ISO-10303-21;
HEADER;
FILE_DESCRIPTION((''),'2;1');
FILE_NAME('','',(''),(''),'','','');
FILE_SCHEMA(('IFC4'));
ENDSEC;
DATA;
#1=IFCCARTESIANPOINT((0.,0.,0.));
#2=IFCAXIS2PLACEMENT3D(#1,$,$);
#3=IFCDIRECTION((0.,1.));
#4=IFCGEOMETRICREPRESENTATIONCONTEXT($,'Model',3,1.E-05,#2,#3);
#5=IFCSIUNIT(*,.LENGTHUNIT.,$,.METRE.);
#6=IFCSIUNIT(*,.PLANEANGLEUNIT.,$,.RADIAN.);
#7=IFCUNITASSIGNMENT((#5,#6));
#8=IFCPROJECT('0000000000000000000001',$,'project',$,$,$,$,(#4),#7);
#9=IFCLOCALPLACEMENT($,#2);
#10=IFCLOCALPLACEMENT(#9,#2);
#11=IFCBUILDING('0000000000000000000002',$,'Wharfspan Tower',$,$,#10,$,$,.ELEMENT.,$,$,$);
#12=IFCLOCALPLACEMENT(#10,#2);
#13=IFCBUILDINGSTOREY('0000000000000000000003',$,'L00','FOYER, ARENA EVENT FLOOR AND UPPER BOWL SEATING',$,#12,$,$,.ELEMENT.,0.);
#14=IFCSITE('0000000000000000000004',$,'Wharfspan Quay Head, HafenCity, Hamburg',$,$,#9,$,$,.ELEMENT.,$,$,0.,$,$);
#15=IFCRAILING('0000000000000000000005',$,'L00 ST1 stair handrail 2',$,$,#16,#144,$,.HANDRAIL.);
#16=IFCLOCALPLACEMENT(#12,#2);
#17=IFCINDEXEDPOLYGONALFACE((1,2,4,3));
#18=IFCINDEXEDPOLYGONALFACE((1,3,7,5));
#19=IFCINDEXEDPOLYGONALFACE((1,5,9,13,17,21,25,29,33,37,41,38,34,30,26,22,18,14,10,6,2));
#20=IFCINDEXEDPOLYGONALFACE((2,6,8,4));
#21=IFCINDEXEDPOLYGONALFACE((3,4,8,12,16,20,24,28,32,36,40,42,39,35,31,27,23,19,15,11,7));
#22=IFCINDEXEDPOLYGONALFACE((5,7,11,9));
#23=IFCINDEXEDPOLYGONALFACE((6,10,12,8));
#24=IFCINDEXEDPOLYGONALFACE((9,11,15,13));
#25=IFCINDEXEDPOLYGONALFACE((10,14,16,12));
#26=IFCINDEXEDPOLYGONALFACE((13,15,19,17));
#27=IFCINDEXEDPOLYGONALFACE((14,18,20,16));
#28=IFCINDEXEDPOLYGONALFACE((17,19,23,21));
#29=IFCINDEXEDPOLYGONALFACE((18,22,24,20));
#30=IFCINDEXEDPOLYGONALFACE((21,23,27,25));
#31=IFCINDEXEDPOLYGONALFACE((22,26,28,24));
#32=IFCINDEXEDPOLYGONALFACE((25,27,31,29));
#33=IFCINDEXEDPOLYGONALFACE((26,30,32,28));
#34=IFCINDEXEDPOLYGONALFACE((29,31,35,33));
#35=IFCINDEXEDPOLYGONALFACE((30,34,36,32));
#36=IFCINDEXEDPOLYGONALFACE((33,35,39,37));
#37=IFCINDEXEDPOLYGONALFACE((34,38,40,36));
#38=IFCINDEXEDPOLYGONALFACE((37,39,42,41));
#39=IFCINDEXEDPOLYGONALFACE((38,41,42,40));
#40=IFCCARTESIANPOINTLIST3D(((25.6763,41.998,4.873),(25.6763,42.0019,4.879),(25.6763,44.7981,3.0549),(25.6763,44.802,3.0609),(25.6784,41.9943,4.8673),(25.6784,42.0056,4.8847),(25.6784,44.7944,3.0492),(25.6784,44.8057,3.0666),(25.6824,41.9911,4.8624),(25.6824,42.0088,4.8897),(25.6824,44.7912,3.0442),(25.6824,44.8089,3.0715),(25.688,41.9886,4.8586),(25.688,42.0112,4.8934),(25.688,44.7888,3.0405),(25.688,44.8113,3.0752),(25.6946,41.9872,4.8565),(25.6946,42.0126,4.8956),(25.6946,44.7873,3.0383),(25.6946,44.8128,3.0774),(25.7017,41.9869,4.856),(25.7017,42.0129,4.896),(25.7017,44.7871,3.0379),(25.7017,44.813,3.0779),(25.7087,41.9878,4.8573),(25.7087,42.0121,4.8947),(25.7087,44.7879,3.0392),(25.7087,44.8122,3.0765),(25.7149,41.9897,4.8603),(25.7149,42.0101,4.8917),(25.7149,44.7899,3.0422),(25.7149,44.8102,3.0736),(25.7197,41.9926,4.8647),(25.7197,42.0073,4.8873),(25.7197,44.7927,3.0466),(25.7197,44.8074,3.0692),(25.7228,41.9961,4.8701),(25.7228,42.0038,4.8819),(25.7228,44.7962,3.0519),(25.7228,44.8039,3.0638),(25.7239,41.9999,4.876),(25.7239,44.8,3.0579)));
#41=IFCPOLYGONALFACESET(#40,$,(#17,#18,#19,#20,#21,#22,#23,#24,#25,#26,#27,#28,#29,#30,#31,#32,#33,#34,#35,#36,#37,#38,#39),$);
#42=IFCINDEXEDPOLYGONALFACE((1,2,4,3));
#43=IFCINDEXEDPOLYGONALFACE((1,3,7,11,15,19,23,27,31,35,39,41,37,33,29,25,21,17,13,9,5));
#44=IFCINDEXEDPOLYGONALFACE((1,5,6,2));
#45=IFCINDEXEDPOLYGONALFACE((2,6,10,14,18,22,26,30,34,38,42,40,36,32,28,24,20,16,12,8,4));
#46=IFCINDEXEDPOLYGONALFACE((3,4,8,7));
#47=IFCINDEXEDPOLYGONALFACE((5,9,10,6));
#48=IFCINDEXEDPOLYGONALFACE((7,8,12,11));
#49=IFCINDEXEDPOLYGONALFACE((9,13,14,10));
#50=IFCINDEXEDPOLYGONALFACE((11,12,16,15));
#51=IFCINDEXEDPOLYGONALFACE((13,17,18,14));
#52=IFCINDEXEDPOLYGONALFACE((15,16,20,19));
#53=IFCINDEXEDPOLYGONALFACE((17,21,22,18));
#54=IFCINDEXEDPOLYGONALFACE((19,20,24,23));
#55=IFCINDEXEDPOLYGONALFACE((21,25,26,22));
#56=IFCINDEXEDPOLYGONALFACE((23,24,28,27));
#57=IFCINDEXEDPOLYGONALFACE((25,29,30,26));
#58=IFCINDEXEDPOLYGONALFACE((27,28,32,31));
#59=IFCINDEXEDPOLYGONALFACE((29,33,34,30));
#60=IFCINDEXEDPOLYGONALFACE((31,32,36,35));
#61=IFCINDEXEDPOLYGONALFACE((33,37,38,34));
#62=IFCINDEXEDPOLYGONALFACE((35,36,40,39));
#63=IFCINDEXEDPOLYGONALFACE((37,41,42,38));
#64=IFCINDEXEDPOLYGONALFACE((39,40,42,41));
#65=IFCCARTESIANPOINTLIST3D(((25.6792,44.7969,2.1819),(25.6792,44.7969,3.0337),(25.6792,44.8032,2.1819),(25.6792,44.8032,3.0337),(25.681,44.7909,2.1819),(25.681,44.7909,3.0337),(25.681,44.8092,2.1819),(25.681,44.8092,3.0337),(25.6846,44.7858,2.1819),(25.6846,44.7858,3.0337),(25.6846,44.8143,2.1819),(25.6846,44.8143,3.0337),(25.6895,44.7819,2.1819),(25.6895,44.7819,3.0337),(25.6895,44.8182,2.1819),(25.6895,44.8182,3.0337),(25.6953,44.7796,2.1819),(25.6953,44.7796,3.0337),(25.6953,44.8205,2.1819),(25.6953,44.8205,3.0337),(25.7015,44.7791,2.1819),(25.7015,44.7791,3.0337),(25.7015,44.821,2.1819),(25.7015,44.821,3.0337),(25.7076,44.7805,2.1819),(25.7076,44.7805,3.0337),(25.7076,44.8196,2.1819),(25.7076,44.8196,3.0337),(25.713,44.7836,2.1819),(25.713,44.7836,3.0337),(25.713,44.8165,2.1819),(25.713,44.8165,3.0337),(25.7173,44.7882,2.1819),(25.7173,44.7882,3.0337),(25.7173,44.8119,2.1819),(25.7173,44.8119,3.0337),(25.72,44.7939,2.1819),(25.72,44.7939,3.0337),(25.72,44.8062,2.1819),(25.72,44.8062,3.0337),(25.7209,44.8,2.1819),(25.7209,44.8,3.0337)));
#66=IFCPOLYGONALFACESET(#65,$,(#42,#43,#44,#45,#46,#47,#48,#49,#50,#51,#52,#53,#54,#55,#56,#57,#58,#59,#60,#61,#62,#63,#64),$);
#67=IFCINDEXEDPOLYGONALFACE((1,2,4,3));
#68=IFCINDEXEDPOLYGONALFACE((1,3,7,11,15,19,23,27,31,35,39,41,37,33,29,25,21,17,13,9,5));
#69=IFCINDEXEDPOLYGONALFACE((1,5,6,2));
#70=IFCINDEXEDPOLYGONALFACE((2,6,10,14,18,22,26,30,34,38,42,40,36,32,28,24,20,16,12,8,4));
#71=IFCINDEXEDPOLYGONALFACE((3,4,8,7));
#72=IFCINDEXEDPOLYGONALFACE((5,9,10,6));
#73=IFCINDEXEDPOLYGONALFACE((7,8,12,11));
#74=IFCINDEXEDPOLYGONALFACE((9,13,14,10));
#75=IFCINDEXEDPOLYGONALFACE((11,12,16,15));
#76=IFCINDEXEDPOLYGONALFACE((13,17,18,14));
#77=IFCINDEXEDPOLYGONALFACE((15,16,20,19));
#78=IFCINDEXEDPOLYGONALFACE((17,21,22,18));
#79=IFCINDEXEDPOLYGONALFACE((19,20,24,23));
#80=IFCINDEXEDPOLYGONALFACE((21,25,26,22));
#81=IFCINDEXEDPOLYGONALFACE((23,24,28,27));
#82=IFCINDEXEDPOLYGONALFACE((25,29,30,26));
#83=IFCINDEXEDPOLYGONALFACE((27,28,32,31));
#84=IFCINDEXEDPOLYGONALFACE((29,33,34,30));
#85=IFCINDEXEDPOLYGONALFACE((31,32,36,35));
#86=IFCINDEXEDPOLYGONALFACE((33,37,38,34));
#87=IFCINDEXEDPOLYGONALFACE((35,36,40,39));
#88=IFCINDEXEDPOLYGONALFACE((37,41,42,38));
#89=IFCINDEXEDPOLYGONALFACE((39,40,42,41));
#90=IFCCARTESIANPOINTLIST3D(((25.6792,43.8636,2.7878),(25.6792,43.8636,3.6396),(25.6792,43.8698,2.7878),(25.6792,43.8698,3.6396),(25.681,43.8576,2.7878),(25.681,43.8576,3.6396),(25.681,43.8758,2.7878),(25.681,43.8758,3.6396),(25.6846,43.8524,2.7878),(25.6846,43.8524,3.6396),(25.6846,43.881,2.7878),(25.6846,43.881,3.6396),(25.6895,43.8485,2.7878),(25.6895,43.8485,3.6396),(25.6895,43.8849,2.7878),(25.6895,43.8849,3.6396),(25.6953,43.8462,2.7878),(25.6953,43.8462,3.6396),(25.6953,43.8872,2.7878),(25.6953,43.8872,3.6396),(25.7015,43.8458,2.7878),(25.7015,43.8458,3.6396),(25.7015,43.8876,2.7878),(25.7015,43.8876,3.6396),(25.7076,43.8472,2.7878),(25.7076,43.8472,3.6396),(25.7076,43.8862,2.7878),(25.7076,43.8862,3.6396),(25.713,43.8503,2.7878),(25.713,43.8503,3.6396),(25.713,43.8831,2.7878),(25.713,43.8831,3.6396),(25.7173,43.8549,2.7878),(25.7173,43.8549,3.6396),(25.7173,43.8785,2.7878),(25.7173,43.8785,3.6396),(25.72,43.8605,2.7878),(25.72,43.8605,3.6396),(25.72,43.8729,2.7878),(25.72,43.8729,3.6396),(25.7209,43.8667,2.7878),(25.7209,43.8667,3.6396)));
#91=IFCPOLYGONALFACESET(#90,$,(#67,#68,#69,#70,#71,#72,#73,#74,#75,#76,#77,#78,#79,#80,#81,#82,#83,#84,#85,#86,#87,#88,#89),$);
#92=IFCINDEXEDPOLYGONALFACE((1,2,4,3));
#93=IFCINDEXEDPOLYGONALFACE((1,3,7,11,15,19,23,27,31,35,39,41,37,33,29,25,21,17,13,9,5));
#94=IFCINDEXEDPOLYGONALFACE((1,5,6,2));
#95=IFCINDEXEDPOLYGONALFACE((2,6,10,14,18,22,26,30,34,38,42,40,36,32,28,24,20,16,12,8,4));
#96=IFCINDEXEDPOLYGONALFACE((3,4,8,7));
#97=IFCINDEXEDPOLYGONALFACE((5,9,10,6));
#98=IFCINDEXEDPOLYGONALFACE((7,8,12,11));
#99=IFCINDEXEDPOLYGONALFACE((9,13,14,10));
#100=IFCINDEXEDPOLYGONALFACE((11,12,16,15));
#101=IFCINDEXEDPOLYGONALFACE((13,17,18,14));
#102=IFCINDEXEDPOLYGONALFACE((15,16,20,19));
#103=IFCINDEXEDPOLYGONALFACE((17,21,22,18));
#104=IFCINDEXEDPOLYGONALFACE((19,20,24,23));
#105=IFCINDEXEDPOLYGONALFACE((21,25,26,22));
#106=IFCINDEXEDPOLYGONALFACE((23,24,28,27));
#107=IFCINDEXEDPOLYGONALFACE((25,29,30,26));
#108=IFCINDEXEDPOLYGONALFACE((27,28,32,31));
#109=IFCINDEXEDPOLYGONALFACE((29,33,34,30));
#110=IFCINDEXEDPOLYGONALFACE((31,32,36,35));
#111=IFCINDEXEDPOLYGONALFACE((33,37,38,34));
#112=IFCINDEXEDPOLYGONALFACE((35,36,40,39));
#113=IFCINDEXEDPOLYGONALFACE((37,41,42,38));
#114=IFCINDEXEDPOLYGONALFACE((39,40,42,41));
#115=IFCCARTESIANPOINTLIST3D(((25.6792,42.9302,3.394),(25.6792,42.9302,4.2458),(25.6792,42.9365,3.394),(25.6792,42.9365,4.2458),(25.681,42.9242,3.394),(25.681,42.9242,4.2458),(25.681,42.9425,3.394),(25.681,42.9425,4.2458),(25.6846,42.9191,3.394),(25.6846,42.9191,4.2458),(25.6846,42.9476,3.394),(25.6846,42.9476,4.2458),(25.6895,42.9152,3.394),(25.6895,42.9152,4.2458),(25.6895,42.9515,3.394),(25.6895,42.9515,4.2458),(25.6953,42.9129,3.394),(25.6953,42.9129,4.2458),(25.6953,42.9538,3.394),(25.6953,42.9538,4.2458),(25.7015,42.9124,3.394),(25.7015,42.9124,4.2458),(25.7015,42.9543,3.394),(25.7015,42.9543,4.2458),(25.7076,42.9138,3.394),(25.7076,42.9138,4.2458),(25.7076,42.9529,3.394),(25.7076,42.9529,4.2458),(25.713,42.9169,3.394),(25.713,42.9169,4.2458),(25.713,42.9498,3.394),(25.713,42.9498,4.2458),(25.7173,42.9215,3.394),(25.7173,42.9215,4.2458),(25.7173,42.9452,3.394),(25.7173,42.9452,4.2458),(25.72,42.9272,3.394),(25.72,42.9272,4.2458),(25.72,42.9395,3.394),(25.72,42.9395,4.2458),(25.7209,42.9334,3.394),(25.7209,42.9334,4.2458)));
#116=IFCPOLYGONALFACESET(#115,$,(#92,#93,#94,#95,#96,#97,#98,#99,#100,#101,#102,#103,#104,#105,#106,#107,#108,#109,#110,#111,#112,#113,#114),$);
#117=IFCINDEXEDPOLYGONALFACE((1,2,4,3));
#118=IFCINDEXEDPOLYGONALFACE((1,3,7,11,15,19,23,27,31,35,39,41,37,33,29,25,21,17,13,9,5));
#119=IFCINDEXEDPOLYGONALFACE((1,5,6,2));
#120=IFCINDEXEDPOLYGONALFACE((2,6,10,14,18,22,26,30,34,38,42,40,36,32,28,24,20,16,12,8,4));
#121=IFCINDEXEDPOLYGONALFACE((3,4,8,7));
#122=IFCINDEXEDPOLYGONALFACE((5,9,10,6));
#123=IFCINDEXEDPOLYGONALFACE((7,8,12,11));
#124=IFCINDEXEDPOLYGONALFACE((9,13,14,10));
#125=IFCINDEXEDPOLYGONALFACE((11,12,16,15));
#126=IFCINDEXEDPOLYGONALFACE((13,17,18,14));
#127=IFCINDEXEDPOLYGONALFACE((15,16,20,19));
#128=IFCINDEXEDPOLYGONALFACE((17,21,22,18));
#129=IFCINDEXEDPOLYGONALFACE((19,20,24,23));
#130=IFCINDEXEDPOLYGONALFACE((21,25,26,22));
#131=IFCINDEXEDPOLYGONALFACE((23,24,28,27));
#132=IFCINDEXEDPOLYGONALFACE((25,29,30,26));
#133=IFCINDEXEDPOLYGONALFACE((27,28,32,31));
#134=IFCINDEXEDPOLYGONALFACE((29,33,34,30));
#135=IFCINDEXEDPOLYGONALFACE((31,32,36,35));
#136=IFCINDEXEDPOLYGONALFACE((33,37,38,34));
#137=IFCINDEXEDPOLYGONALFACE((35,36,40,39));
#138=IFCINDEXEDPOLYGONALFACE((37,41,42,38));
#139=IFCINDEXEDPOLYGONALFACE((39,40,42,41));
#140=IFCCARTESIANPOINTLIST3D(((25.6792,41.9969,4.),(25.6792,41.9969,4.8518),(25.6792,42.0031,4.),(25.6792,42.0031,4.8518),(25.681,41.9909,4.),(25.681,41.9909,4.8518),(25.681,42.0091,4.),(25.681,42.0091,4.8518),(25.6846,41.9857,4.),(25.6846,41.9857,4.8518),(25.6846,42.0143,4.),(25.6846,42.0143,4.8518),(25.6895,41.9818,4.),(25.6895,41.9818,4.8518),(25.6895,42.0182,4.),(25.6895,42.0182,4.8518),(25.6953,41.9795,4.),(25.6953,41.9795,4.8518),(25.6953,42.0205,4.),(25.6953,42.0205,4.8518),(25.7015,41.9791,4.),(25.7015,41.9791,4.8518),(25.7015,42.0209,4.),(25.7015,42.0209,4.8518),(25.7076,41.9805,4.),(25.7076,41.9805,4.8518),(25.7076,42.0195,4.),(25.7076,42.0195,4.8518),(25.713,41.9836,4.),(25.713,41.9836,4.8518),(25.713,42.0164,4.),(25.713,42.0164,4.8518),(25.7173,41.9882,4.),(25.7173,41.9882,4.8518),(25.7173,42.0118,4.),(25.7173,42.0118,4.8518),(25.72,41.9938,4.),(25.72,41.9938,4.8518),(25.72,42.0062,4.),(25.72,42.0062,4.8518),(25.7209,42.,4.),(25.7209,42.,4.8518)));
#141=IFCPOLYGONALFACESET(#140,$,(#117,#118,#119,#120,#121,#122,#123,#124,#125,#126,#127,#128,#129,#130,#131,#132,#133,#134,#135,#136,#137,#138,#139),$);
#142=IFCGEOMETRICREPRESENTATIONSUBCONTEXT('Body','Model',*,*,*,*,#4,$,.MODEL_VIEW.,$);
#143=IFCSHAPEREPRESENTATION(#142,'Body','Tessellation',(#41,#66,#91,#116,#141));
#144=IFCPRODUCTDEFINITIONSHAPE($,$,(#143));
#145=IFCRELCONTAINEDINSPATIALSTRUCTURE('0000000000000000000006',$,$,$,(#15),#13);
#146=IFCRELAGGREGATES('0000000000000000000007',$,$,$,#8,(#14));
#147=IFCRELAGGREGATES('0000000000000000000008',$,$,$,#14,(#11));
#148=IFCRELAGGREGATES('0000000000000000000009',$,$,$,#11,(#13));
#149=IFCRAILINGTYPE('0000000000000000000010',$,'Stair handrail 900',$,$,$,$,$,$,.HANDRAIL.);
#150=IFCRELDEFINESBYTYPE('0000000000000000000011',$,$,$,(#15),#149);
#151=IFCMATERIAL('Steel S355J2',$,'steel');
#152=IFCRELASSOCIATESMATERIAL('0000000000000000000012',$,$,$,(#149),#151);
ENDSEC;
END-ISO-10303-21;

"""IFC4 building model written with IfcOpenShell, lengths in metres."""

from ifc_helpers import new_model, si_unit, direction, frame, origin, origin_2d, place, context, subcontext, project, spatial, circle, extrude, material, type_object, element, save


model = new_model("IFC4")

# Units and contexts
model_context = context("Model", 3, precision=1e-05, world=origin(), true_north=direction((0.0, 1.0)))
body_context = subcontext(model_context, "Body", "Model", "MODEL_VIEW")
ifc_project = project(units=[si_unit("LENGTHUNIT", "METRE"), si_unit("PLANEANGLEUNIT", "RADIAN")], contexts=[model_context])

# Site, building, storey
site_placement = place(None, origin())
site = spatial("IfcSite", under=ifc_project, at=site_placement, Name="Wharfspan Quay Head, HafenCity, Hamburg", CompositionType="ELEMENT", RefElevation=0.0)
building_placement = place(site_placement, origin())
building = spatial("IfcBuilding", under=site, at=building_placement, Name="Wharfspan Tower", CompositionType="ELEMENT")
storey_placement = place(building_placement, origin())
storey = spatial("IfcBuildingStorey", under=building, at=storey_placement, Name="L00", Description="FOYER, ARENA EVENT FLOOR AND UPPER BOWL SEATING", CompositionType="ELEMENT", Elevation=0.0)

# Railing
ifc_material_1 = material(Name="Steel S355J2", Category="steel")
railing_type = type_object("IfcRailingType", Name="Stair handrail 900", PredefinedType="HANDRAIL", material=ifc_material_1)
for number, where, name in (
    (1, (25.7, 44.8, 2.1819), "L00 ST1 stair handrail 2"),
):
    element("IfcRailing", number, at=place(storey_placement, frame(where)), inside=storey, type_object=railing_type, Name=name, PredefinedType="HANDRAIL", context=body_context, shape_type="SweptSolid", body=[
        extrude(circle(Radius=0.0239, at=origin_2d()), frame((0.0, 0.0, 0.876), z_axis=(0.0, -0.838706, 0.544585), x_axis=(1.0, 0.0, 0.0)), (0.0, 0.0, 1.0), 3.3386),
        extrude(circle(Radius=0.021, at=origin_2d()), origin(), (0.0, 0.0, 1.0), 0.8518),
        extrude(circle(Radius=0.021, at=origin_2d()), frame((0.0, -0.9334, 0.606)), (0.0, 0.0, 1.0), 0.8518),
        extrude(circle(Radius=0.021, at=origin_2d()), frame((0.0, -1.8667, 1.2122)), (0.0, 0.0, 1.0), 0.8518),
        extrude(circle(Radius=0.021, at=origin_2d()), frame((0.0, -2.8, 1.8181)), (0.0, 0.0, 1.0), 0.8518),
    ])

save(model, "model.ifc")
